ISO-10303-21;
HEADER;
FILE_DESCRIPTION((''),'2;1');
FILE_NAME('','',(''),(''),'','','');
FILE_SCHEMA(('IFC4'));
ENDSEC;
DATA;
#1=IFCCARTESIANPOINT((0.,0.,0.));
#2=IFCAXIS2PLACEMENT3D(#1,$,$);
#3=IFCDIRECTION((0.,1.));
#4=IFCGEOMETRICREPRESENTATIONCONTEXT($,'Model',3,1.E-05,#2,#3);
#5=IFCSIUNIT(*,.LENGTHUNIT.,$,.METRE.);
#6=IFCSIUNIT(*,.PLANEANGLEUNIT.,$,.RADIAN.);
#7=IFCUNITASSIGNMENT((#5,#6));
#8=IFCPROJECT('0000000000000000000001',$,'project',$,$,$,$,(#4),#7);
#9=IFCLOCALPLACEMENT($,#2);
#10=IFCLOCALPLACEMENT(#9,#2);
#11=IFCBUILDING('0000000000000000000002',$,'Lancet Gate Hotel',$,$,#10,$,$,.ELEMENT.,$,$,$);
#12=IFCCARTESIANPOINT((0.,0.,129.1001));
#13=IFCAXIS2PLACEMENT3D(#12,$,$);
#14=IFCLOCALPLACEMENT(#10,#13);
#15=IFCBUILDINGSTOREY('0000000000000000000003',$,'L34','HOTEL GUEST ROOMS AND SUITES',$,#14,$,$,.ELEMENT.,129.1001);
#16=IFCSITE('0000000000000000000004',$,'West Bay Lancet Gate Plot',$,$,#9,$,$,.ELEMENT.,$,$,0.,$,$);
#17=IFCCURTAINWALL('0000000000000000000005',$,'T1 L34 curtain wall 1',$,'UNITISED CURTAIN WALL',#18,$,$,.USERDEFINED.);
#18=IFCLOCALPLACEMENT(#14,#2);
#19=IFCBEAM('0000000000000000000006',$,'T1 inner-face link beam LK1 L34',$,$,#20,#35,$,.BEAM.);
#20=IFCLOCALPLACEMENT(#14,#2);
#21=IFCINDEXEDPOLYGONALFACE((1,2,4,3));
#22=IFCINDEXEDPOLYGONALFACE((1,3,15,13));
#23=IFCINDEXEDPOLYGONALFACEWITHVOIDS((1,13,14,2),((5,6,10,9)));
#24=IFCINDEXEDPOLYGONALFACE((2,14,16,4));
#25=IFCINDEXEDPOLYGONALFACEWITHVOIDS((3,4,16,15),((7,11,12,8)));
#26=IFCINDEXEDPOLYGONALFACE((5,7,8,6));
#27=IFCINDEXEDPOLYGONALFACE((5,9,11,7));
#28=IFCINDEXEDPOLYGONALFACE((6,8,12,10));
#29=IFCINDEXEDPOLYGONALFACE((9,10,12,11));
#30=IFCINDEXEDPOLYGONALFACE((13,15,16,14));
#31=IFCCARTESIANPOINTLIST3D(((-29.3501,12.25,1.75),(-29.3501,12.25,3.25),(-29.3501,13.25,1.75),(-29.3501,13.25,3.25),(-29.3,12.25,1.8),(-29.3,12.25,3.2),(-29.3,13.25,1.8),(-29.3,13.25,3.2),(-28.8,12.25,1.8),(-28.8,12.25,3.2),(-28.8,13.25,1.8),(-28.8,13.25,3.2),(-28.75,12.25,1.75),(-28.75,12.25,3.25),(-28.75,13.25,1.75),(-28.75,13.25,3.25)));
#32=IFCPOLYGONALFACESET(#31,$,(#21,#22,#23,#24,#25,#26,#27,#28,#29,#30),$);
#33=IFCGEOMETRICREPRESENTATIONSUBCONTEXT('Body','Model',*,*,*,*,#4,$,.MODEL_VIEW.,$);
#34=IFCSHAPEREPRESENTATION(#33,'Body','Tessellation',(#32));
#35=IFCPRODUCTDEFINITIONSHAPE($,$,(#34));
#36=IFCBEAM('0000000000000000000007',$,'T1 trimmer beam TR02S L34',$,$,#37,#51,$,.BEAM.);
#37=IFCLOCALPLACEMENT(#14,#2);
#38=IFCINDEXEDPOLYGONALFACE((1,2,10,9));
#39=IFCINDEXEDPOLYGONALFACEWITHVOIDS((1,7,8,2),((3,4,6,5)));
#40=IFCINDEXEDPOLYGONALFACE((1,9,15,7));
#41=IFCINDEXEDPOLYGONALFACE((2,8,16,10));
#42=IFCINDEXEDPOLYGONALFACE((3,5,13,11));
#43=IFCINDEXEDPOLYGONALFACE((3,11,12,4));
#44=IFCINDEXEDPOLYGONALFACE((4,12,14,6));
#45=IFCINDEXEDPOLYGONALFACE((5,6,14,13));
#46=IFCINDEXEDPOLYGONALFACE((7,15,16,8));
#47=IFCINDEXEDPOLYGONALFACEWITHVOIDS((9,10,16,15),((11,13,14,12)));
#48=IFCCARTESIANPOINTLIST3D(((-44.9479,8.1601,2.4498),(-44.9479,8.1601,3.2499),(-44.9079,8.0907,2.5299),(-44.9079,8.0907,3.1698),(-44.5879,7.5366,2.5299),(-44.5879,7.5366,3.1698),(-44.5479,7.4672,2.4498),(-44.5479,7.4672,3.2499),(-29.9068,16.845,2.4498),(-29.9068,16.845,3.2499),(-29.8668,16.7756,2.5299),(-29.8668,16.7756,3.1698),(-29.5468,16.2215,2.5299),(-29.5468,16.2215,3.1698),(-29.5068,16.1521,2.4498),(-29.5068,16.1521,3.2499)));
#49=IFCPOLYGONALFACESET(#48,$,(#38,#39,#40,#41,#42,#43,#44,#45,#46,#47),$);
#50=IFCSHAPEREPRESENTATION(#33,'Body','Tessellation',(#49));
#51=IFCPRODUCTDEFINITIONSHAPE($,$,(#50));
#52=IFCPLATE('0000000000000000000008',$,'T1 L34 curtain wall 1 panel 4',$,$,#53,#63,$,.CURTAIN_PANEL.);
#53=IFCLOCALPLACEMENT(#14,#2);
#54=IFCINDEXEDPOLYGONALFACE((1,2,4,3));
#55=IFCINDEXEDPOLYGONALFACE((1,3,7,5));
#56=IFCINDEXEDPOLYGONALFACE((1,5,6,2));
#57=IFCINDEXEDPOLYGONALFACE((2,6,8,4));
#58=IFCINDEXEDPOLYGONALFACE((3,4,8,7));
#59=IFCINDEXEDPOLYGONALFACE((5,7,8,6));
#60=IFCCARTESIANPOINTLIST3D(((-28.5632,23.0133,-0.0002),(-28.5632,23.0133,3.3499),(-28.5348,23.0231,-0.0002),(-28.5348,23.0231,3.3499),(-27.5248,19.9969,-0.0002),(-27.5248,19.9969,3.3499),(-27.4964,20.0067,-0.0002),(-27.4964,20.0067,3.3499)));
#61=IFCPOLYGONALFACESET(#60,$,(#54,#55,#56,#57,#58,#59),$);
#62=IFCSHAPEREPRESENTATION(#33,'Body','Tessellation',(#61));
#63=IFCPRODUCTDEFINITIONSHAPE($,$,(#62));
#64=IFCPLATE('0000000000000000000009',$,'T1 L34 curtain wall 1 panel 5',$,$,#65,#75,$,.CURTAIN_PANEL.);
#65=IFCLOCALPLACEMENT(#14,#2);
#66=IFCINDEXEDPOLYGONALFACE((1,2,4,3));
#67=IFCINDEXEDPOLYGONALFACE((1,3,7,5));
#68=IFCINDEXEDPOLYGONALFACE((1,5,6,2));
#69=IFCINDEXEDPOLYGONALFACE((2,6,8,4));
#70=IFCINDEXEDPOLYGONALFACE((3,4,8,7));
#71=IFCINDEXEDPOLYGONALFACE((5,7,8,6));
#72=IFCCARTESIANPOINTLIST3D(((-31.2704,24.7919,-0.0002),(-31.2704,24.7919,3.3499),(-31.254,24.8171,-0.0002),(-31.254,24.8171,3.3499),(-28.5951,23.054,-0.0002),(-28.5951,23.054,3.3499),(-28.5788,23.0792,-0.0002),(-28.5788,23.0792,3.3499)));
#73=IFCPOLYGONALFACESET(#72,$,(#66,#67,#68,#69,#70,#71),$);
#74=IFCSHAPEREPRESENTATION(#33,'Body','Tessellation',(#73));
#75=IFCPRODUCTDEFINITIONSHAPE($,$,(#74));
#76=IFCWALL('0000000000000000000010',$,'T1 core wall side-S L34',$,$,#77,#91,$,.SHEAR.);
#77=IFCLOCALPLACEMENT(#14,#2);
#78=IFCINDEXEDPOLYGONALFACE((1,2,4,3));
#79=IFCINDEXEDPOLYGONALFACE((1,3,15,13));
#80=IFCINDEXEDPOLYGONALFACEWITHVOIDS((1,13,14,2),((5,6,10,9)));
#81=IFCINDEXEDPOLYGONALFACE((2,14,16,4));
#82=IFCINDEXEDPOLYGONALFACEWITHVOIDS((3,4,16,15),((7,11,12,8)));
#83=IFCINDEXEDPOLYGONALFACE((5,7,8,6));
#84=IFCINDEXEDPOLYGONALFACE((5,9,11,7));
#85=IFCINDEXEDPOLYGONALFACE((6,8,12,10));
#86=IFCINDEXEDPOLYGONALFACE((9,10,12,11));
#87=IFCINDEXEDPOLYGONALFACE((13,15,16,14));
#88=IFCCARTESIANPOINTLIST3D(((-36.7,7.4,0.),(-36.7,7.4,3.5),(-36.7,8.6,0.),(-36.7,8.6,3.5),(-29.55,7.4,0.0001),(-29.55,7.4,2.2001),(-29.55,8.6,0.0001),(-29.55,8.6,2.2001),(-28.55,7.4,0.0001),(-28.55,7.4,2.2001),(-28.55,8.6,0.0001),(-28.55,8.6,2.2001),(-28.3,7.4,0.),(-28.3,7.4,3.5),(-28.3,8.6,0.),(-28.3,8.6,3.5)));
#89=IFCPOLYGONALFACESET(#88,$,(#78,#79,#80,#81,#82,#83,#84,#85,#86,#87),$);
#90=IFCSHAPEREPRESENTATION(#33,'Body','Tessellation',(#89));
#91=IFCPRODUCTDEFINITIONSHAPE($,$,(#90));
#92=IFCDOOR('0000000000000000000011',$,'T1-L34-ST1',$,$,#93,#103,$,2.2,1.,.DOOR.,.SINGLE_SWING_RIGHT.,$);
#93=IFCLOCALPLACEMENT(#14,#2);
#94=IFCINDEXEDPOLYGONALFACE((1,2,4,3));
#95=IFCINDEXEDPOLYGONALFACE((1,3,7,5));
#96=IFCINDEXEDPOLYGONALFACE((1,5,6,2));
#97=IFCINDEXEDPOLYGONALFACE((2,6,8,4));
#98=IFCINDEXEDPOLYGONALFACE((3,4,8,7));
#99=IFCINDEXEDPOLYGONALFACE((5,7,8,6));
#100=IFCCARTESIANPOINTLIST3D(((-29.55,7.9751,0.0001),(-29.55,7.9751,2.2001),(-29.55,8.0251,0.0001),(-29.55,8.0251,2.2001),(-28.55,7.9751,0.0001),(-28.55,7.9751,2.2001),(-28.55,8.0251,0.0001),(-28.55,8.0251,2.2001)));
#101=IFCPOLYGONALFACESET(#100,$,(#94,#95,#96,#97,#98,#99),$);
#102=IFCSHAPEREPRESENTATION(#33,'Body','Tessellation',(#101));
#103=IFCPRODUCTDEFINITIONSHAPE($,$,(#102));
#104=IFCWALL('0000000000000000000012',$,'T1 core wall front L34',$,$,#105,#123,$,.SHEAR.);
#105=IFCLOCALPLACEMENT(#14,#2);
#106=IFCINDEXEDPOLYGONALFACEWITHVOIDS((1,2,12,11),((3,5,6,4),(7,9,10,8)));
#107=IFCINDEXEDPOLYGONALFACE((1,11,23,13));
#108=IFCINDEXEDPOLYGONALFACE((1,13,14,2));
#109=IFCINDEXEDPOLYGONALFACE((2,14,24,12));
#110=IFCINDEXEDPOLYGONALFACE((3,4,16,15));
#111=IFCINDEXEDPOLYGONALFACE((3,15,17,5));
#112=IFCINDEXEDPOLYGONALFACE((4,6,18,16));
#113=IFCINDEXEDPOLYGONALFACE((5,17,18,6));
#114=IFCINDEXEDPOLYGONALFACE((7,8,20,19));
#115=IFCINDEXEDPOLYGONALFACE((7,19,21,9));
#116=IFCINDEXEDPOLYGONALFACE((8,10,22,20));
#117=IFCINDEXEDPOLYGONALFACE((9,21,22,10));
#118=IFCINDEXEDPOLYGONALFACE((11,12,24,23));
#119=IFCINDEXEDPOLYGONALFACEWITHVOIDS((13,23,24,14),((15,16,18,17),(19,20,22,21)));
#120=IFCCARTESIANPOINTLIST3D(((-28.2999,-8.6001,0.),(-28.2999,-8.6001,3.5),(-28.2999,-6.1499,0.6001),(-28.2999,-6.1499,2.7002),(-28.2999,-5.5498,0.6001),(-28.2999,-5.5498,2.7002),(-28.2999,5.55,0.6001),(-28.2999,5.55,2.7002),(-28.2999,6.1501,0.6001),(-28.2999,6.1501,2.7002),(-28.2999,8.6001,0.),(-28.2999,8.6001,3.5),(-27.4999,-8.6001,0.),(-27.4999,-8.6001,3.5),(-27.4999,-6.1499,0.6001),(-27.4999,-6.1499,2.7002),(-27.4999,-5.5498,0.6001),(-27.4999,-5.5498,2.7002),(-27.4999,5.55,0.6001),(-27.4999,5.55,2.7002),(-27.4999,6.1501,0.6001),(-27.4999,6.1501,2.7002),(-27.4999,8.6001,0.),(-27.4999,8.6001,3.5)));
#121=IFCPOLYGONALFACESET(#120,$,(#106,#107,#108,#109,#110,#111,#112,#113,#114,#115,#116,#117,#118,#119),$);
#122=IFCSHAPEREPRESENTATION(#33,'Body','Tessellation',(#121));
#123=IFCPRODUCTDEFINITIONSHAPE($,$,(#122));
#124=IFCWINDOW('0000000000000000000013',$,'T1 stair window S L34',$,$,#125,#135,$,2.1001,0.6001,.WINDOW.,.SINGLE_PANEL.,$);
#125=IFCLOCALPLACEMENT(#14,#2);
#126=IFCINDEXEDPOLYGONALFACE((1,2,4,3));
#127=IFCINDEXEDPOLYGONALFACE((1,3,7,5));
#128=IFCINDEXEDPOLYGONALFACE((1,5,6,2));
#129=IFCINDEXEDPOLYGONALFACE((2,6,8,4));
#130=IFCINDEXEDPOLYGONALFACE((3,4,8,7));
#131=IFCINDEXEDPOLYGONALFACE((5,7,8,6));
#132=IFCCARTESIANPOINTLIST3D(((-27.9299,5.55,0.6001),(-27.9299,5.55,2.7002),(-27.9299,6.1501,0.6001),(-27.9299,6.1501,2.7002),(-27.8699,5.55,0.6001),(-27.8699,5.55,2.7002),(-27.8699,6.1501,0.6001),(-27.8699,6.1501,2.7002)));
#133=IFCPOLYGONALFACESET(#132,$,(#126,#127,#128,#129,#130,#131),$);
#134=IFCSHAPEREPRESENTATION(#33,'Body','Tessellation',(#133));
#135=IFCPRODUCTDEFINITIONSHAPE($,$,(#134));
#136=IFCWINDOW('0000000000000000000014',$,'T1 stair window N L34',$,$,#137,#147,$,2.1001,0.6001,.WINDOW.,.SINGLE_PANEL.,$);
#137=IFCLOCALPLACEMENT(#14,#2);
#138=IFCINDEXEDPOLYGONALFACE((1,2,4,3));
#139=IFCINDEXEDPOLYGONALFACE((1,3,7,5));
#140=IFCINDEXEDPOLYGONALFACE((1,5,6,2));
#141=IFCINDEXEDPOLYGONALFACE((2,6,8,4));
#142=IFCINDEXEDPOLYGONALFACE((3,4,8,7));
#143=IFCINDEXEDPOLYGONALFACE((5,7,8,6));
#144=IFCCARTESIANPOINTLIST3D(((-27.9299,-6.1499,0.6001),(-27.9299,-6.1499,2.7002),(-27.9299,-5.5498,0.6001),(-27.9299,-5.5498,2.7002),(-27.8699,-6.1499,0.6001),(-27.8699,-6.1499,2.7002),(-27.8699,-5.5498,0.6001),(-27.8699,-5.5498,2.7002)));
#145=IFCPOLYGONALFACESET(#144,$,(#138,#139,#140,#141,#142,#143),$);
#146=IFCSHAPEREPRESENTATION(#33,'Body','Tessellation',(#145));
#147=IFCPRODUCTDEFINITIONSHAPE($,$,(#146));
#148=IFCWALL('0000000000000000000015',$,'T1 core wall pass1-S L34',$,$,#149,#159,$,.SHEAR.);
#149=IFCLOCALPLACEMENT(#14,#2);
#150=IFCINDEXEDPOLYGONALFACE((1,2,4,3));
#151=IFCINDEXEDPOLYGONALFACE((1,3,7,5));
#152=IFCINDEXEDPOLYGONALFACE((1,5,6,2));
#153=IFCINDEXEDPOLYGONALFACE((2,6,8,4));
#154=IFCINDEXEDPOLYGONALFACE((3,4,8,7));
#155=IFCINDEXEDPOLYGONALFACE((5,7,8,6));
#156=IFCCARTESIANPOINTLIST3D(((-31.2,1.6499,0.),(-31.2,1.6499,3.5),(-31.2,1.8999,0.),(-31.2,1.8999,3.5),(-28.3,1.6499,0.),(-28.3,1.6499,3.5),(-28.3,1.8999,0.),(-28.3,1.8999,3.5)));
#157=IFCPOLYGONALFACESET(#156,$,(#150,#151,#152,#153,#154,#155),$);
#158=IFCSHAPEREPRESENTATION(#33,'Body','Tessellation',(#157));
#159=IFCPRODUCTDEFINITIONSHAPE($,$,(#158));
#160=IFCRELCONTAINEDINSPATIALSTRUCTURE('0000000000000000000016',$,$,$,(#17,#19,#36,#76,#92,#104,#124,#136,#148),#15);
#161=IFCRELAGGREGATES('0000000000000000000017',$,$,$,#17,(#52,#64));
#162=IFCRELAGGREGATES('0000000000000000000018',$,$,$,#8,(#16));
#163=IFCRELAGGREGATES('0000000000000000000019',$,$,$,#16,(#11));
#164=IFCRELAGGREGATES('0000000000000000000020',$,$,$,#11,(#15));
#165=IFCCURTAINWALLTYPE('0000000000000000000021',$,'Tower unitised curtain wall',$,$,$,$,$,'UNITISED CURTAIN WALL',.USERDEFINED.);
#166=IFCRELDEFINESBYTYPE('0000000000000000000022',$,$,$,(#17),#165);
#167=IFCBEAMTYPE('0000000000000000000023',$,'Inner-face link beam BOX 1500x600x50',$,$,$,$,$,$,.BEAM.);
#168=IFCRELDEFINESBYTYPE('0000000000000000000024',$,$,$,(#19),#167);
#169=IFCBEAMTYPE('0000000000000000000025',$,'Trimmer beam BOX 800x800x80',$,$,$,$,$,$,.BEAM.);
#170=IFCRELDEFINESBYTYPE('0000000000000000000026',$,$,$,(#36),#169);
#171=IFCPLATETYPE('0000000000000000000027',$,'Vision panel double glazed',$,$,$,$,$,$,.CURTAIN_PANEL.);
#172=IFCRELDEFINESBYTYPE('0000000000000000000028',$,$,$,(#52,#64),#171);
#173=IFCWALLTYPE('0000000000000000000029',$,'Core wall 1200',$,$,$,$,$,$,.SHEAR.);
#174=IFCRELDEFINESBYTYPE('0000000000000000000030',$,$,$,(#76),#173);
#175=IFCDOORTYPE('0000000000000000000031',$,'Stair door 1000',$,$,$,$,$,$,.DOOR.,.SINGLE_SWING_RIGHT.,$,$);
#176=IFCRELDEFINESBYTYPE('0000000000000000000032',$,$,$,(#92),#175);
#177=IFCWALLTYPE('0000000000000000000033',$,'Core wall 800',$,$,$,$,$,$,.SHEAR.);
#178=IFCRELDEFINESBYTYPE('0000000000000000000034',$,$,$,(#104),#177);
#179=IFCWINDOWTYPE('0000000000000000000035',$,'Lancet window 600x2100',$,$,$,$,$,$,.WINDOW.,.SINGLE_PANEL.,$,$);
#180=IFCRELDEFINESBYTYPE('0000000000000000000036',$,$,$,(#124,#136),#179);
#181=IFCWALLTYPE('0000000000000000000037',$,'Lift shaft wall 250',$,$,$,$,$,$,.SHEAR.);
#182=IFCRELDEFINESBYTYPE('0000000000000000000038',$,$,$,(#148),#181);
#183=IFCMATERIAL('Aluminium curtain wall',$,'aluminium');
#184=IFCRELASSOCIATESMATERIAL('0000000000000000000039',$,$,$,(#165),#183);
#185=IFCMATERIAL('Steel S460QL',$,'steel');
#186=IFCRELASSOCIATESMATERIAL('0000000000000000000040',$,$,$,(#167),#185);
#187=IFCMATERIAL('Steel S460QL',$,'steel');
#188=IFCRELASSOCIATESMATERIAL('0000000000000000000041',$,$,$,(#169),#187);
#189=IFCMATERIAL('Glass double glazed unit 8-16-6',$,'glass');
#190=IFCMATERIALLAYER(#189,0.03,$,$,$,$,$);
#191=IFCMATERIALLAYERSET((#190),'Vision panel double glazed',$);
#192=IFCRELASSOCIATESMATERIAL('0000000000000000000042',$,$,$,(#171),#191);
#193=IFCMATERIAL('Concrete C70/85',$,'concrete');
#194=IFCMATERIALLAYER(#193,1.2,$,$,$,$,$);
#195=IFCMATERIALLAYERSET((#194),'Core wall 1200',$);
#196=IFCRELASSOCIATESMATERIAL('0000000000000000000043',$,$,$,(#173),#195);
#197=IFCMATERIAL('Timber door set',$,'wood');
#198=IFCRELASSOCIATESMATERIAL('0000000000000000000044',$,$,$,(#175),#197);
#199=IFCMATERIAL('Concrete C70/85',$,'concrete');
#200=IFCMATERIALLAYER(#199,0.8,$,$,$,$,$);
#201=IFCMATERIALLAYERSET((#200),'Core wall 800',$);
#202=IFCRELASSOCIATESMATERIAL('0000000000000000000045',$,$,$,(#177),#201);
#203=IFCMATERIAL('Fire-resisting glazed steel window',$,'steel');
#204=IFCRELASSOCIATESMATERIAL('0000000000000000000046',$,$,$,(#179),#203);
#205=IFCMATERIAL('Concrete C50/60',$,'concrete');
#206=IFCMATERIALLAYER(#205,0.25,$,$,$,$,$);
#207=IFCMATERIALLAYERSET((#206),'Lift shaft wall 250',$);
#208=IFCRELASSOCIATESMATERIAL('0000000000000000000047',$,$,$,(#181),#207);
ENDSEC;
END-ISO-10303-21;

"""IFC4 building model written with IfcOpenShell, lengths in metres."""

from ifc_helpers import new_model, si_unit, direction, frame, frame_2d, origin, origin_2d, place, context, subcontext, project, spatial, rectangle, hollow_rectangle, extrude, material, layer, layer_set, material_profile, profile_set, type_object, element, fill, aggregate, save


model = new_model("IFC4")

# Units and contexts
model_context = context("Model", 3, precision=1e-05, world=origin(), true_north=direction((0.0, 1.0)))
body_context = subcontext(model_context, "Body", "Model", "MODEL_VIEW")
ifc_project = project(units=[si_unit("LENGTHUNIT", "METRE"), si_unit("PLANEANGLEUNIT", "RADIAN")], contexts=[model_context])

# Site, building, storey
site_placement = place(None, origin())
site = spatial("IfcSite", under=ifc_project, at=site_placement, Name="West Bay Lancet Gate Plot", CompositionType="ELEMENT", RefElevation=0.0)
building_placement = place(site_placement, origin())
building = spatial("IfcBuilding", under=site, at=building_placement, Name="Lancet Gate Hotel", CompositionType="ELEMENT")
storey_placement = place(building_placement, frame((0.0, 0.0, 129.1001)))
storey = spatial("IfcBuildingStorey", under=building, at=storey_placement, Name="L34", Description="HOTEL GUEST ROOMS AND SUITES", CompositionType="ELEMENT", Elevation=129.1001)

# Curtain wall
ifc_material_1 = material(Name="Aluminium curtain wall", Category="aluminium")
curtain_wall_type = type_object("IfcCurtainWallType", Name="Tower unitised curtain wall", ElementType="UNITISED CURTAIN WALL", PredefinedType="USERDEFINED", material=ifc_material_1)
curtain_wall_placement = place(storey_placement, origin())
curtain_wall = element("IfcCurtainWall", 1, at=curtain_wall_placement, inside=storey, type_object=curtain_wall_type, Name="T1 L34 curtain wall 1", ObjectType="UNITISED CURTAIN WALL", PredefinedType="USERDEFINED")

# Beams
ifc_material_2 = material(Name="Steel S460QL", Category="steel")
ifc_material_profile_1 = material_profile(ifc_material_2, hollow_rectangle(XDim=0.6001, YDim=1.5, WallThickness=0.05, at=origin_2d()), Name="BOX 1500x600x50")
ifc_profile_set_1 = profile_set([ifc_material_profile_1], Name="Steel S460QL")
beam_type_1 = type_object("IfcBeamType", Name="Inner-face link beam BOX 1500x600x50", PredefinedType="BEAM", material=ifc_profile_set_1)
beam_1_placement = place(storey_placement, frame((-29.05, 13.25, 2.5), z_axis=(0.0, -1.0, 0.0), x_axis=(1.0, 0.0, 0.0)))
element("IfcBeam", 2, at=beam_1_placement, inside=storey, type_object=beam_type_1, Name="T1 inner-face link beam LK1 L34", PredefinedType="BEAM", context=body_context, shape_type="SweptSolid", body=[
    extrude(hollow_rectangle(XDim=0.6001, YDim=1.5, WallThickness=0.05, at=origin_2d()), origin(), (0.0, 0.0, 1.0), 1.0),
])
ifc_material_3 = material(Name="Steel S460QL", Category="steel")
ifc_material_profile_2 = material_profile(ifc_material_3, hollow_rectangle(XDim=0.8, YDim=0.8, WallThickness=0.0801, at=origin_2d()), Name="BOX 800x800x80")
ifc_profile_set_2 = profile_set([ifc_material_profile_2], Name="Steel S460QL")
beam_type_2 = type_object("IfcBeamType", Name="Trimmer beam BOX 800x800x80", PredefinedType="BEAM", material=ifc_profile_set_2)
beam_2_placement = place(storey_placement, frame((-29.7068, 16.4985, 2.8499), z_axis=(-0.866003, -0.500038, 0.0), x_axis=(0.500038, -0.866003, 0.0)))
element("IfcBeam", 3, at=beam_2_placement, inside=storey, type_object=beam_type_2, Name="T1 trimmer beam TR02S L34", PredefinedType="BEAM", context=body_context, shape_type="SweptSolid", body=[
    extrude(hollow_rectangle(XDim=0.8, YDim=0.8, WallThickness=0.0801, at=origin_2d()), origin(), (0.0, 0.0, 1.0), 17.3684),
])

# Plates
ifc_material_4 = material(Name="Glass double glazed unit 8-16-6", Category="glass")
ifc_layer_1 = layer(ifc_material_4, 0.03)
ifc_layer_set_1 = layer_set([ifc_layer_1], Name="Vision panel double glazed")
plate_type = type_object("IfcPlateType", Name="Vision panel double glazed", PredefinedType="CURTAIN_PANEL", material=ifc_layer_set_1)
plate_1_placement = place(storey_placement, frame((-28.0298, 21.51, -0.0002), z_axis=(0.0, 0.0, 1.0), x_axis=(-0.325516, 0.945537, 0.0)))
plate_1 = element("IfcPlate", 4, at=plate_1_placement, type_object=plate_type, Name="T1 L34 curtain wall 1 panel 4", PredefinedType="CURTAIN_PANEL", context=body_context, shape_type="SweptSolid", body=[
    extrude(rectangle(XDim=3.1902, YDim=0.03, at=origin_2d()), origin(), (0.0, 0.0, 1.0), 3.3501),
])
plate_2_placement = place(storey_placement, frame((-29.9246, 23.9355, -0.0002), z_axis=(0.0, 0.0, 1.0), x_axis=(-0.83858, 0.544778, 0.0)))
plate_2 = element("IfcPlate", 5, at=plate_2_placement, type_object=plate_type, Name="T1 L34 curtain wall 1 panel 5", PredefinedType="CURTAIN_PANEL", context=body_context, shape_type="SweptSolid", body=[
    extrude(rectangle(XDim=3.1902, YDim=0.03, at=origin_2d()), origin(), (0.0, 0.0, 1.0), 3.3501),
])
aggregate(curtain_wall, [plate_1, plate_2])

# Wall, opening, door
ifc_material_5 = material(Name="Concrete C70/85", Category="concrete")
ifc_layer_2 = layer(ifc_material_5, 1.2)
ifc_layer_set_2 = layer_set([ifc_layer_2], Name="Core wall 1200")
wall_type_1 = type_object("IfcWallType", Name="Core wall 1200", PredefinedType="SHEAR", material=ifc_layer_set_2)
wall_1_placement = place(storey_placement, frame((-28.3, 8.0, 0.0), z_axis=(0.0, 0.0, 1.0), x_axis=(-1.0, 0.0, 0.0)))
wall_1 = element("IfcWall", 6, at=wall_1_placement, inside=storey, type_object=wall_type_1, Name="T1 core wall side-S L34", PredefinedType="SHEAR", context=body_context, shape_type="SweptSolid", body=[
    extrude(rectangle(XDim=8.3999, YDim=1.2, at=frame_2d((4.2, 0.0))), origin(), (0.0, 0.0, 1.0), 3.5),
])
opening_1_placement = place(wall_1_placement, frame((0.25, 0.0, 0.0)))
opening_1 = element("IfcOpeningElement", 7, at=opening_1_placement, cuts=wall_1, PredefinedType="OPENING", context=body_context, shape_type="SweptSolid", body=[
    extrude(rectangle(XDim=1.0, YDim=2.2, at=frame_2d((0.5, 1.1001))), frame((0.0, 0.6099, 0.0), z_axis=(0.0, -1.0, 0.0), x_axis=(1.0, 0.0, 0.0)), (0.0, 0.0, 1.0), 1.22),
])
ifc_material_6 = material(Name="Timber door set", Category="wood")
door_type = type_object("IfcDoorType", Name="Stair door 1000", OperationType="SINGLE_SWING_RIGHT", PredefinedType="DOOR", material=ifc_material_6)
door_placement = place(opening_1_placement, origin())
door = element("IfcDoor", 8, at=door_placement, inside=storey, type_object=door_type, Name="T1-L34-ST1", OperationType="SINGLE_SWING_RIGHT", OverallHeight=2.2, OverallWidth=1.0, PredefinedType="DOOR", context=body_context, shape_type="SweptSolid", body=[
    extrude(rectangle(XDim=1.0, YDim=2.2, at=frame_2d((0.5, 1.1001))), frame((0.0, 0.0249, 0.0), z_axis=(0.0, -1.0, 0.0), x_axis=(1.0, 0.0, 0.0)), (0.0, 0.0, 1.0), 0.05),
])
fill(opening_1, door)

# Wall, openings, windows
ifc_material_7 = material(Name="Concrete C70/85", Category="concrete")
ifc_layer_3 = layer(ifc_material_7, 0.8)
ifc_layer_set_3 = layer_set([ifc_layer_3], Name="Core wall 800")
wall_type_2 = type_object("IfcWallType", Name="Core wall 800", PredefinedType="SHEAR", material=ifc_layer_set_3)
wall_2_placement = place(storey_placement, frame((-27.8999, 8.6001, 0.0), z_axis=(0.0, 0.0, 1.0), x_axis=(0.0, -1.0, 0.0)))
wall_2 = element("IfcWall", 9, at=wall_2_placement, inside=storey, type_object=wall_type_2, Name="T1 core wall front L34", PredefinedType="SHEAR", context=body_context, shape_type="SweptSolid", body=[
    extrude(rectangle(XDim=17.2002, YDim=0.8, at=frame_2d((8.6001, 0.0))), origin(), (0.0, 0.0, 1.0), 3.5),
])
opening_2_placement = place(wall_2_placement, frame((2.45, 0.0, 0.6001)))
opening_2 = element("IfcOpeningElement", 10, at=opening_2_placement, cuts=wall_2, PredefinedType="OPENING", context=body_context, shape_type="SweptSolid", body=[
    extrude(rectangle(XDim=0.6001, YDim=2.1001, at=frame_2d((0.3, 1.05))), frame((0.0, 0.4099, 0.0), z_axis=(0.0, -1.0, 0.0), x_axis=(1.0, 0.0, 0.0)), (0.0, 0.0, 1.0), 0.8201),
])
opening_3_placement = place(wall_2_placement, frame((14.1499, 0.0, 0.6001)))
opening_3 = element("IfcOpeningElement", 11, at=opening_3_placement, cuts=wall_2, PredefinedType="OPENING", context=body_context, shape_type="SweptSolid", body=[
    extrude(rectangle(XDim=0.6001, YDim=2.1001, at=frame_2d((0.3, 1.05))), frame((0.0, 0.4099, 0.0), z_axis=(0.0, -1.0, 0.0), x_axis=(1.0, 0.0, 0.0)), (0.0, 0.0, 1.0), 0.8201),
])
ifc_material_8 = material(Name="Fire-resisting glazed steel window", Category="steel")
window_type = type_object("IfcWindowType", Name="Lancet window 600x2100", PartitioningType="SINGLE_PANEL", PredefinedType="WINDOW", material=ifc_material_8)
window_1_placement = place(opening_2_placement, origin())
window_1 = element("IfcWindow", 12, at=window_1_placement, inside=storey, type_object=window_type, Name="T1 stair window S L34", OverallHeight=2.1001, OverallWidth=0.6001, PartitioningType="SINGLE_PANEL", PredefinedType="WINDOW", context=body_context, shape_type="SweptSolid", body=[
    extrude(rectangle(XDim=0.6001, YDim=2.1001, at=frame_2d((0.3, 1.05))), frame((0.0, 0.03, 0.0), z_axis=(0.0, -1.0, 0.0), x_axis=(1.0, 0.0, 0.0)), (0.0, 0.0, 1.0), 0.0601),
])
fill(opening_2, window_1)
window_2_placement = place(opening_3_placement, origin())
window_2 = element("IfcWindow", 13, at=window_2_placement, inside=storey, type_object=window_type, Name="T1 stair window N L34", OverallHeight=2.1001, OverallWidth=0.6001, PartitioningType="SINGLE_PANEL", PredefinedType="WINDOW", context=body_context, shape_type="SweptSolid", body=[
    extrude(rectangle(XDim=0.6001, YDim=2.1001, at=frame_2d((0.3, 1.05))), frame((0.0, 0.03, 0.0), z_axis=(0.0, -1.0, 0.0), x_axis=(1.0, 0.0, 0.0)), (0.0, 0.0, 1.0), 0.0601),
])
fill(opening_3, window_2)

# Wall
ifc_material_9 = material(Name="Concrete C50/60", Category="concrete")
ifc_layer_4 = layer(ifc_material_9, 0.25)
ifc_layer_set_4 = layer_set([ifc_layer_4], Name="Lift shaft wall 250")
wall_type_3 = type_object("IfcWallType", Name="Lift shaft wall 250", PredefinedType="SHEAR", material=ifc_layer_set_4)
wall_3_placement = place(storey_placement, frame((-28.3, 1.7749, 0.0), z_axis=(0.0, 0.0, 1.0), x_axis=(-1.0, 0.0, 0.0)))
element("IfcWall", 14, at=wall_3_placement, inside=storey, type_object=wall_type_3, Name="T1 core wall pass1-S L34", PredefinedType="SHEAR", context=body_context, shape_type="SweptSolid", body=[
    extrude(rectangle(XDim=2.8999, YDim=0.25, at=frame_2d((1.45, 0.0))), origin(), (0.0, 0.0, 1.0), 3.5),
])

save(model, "model.ifc")
